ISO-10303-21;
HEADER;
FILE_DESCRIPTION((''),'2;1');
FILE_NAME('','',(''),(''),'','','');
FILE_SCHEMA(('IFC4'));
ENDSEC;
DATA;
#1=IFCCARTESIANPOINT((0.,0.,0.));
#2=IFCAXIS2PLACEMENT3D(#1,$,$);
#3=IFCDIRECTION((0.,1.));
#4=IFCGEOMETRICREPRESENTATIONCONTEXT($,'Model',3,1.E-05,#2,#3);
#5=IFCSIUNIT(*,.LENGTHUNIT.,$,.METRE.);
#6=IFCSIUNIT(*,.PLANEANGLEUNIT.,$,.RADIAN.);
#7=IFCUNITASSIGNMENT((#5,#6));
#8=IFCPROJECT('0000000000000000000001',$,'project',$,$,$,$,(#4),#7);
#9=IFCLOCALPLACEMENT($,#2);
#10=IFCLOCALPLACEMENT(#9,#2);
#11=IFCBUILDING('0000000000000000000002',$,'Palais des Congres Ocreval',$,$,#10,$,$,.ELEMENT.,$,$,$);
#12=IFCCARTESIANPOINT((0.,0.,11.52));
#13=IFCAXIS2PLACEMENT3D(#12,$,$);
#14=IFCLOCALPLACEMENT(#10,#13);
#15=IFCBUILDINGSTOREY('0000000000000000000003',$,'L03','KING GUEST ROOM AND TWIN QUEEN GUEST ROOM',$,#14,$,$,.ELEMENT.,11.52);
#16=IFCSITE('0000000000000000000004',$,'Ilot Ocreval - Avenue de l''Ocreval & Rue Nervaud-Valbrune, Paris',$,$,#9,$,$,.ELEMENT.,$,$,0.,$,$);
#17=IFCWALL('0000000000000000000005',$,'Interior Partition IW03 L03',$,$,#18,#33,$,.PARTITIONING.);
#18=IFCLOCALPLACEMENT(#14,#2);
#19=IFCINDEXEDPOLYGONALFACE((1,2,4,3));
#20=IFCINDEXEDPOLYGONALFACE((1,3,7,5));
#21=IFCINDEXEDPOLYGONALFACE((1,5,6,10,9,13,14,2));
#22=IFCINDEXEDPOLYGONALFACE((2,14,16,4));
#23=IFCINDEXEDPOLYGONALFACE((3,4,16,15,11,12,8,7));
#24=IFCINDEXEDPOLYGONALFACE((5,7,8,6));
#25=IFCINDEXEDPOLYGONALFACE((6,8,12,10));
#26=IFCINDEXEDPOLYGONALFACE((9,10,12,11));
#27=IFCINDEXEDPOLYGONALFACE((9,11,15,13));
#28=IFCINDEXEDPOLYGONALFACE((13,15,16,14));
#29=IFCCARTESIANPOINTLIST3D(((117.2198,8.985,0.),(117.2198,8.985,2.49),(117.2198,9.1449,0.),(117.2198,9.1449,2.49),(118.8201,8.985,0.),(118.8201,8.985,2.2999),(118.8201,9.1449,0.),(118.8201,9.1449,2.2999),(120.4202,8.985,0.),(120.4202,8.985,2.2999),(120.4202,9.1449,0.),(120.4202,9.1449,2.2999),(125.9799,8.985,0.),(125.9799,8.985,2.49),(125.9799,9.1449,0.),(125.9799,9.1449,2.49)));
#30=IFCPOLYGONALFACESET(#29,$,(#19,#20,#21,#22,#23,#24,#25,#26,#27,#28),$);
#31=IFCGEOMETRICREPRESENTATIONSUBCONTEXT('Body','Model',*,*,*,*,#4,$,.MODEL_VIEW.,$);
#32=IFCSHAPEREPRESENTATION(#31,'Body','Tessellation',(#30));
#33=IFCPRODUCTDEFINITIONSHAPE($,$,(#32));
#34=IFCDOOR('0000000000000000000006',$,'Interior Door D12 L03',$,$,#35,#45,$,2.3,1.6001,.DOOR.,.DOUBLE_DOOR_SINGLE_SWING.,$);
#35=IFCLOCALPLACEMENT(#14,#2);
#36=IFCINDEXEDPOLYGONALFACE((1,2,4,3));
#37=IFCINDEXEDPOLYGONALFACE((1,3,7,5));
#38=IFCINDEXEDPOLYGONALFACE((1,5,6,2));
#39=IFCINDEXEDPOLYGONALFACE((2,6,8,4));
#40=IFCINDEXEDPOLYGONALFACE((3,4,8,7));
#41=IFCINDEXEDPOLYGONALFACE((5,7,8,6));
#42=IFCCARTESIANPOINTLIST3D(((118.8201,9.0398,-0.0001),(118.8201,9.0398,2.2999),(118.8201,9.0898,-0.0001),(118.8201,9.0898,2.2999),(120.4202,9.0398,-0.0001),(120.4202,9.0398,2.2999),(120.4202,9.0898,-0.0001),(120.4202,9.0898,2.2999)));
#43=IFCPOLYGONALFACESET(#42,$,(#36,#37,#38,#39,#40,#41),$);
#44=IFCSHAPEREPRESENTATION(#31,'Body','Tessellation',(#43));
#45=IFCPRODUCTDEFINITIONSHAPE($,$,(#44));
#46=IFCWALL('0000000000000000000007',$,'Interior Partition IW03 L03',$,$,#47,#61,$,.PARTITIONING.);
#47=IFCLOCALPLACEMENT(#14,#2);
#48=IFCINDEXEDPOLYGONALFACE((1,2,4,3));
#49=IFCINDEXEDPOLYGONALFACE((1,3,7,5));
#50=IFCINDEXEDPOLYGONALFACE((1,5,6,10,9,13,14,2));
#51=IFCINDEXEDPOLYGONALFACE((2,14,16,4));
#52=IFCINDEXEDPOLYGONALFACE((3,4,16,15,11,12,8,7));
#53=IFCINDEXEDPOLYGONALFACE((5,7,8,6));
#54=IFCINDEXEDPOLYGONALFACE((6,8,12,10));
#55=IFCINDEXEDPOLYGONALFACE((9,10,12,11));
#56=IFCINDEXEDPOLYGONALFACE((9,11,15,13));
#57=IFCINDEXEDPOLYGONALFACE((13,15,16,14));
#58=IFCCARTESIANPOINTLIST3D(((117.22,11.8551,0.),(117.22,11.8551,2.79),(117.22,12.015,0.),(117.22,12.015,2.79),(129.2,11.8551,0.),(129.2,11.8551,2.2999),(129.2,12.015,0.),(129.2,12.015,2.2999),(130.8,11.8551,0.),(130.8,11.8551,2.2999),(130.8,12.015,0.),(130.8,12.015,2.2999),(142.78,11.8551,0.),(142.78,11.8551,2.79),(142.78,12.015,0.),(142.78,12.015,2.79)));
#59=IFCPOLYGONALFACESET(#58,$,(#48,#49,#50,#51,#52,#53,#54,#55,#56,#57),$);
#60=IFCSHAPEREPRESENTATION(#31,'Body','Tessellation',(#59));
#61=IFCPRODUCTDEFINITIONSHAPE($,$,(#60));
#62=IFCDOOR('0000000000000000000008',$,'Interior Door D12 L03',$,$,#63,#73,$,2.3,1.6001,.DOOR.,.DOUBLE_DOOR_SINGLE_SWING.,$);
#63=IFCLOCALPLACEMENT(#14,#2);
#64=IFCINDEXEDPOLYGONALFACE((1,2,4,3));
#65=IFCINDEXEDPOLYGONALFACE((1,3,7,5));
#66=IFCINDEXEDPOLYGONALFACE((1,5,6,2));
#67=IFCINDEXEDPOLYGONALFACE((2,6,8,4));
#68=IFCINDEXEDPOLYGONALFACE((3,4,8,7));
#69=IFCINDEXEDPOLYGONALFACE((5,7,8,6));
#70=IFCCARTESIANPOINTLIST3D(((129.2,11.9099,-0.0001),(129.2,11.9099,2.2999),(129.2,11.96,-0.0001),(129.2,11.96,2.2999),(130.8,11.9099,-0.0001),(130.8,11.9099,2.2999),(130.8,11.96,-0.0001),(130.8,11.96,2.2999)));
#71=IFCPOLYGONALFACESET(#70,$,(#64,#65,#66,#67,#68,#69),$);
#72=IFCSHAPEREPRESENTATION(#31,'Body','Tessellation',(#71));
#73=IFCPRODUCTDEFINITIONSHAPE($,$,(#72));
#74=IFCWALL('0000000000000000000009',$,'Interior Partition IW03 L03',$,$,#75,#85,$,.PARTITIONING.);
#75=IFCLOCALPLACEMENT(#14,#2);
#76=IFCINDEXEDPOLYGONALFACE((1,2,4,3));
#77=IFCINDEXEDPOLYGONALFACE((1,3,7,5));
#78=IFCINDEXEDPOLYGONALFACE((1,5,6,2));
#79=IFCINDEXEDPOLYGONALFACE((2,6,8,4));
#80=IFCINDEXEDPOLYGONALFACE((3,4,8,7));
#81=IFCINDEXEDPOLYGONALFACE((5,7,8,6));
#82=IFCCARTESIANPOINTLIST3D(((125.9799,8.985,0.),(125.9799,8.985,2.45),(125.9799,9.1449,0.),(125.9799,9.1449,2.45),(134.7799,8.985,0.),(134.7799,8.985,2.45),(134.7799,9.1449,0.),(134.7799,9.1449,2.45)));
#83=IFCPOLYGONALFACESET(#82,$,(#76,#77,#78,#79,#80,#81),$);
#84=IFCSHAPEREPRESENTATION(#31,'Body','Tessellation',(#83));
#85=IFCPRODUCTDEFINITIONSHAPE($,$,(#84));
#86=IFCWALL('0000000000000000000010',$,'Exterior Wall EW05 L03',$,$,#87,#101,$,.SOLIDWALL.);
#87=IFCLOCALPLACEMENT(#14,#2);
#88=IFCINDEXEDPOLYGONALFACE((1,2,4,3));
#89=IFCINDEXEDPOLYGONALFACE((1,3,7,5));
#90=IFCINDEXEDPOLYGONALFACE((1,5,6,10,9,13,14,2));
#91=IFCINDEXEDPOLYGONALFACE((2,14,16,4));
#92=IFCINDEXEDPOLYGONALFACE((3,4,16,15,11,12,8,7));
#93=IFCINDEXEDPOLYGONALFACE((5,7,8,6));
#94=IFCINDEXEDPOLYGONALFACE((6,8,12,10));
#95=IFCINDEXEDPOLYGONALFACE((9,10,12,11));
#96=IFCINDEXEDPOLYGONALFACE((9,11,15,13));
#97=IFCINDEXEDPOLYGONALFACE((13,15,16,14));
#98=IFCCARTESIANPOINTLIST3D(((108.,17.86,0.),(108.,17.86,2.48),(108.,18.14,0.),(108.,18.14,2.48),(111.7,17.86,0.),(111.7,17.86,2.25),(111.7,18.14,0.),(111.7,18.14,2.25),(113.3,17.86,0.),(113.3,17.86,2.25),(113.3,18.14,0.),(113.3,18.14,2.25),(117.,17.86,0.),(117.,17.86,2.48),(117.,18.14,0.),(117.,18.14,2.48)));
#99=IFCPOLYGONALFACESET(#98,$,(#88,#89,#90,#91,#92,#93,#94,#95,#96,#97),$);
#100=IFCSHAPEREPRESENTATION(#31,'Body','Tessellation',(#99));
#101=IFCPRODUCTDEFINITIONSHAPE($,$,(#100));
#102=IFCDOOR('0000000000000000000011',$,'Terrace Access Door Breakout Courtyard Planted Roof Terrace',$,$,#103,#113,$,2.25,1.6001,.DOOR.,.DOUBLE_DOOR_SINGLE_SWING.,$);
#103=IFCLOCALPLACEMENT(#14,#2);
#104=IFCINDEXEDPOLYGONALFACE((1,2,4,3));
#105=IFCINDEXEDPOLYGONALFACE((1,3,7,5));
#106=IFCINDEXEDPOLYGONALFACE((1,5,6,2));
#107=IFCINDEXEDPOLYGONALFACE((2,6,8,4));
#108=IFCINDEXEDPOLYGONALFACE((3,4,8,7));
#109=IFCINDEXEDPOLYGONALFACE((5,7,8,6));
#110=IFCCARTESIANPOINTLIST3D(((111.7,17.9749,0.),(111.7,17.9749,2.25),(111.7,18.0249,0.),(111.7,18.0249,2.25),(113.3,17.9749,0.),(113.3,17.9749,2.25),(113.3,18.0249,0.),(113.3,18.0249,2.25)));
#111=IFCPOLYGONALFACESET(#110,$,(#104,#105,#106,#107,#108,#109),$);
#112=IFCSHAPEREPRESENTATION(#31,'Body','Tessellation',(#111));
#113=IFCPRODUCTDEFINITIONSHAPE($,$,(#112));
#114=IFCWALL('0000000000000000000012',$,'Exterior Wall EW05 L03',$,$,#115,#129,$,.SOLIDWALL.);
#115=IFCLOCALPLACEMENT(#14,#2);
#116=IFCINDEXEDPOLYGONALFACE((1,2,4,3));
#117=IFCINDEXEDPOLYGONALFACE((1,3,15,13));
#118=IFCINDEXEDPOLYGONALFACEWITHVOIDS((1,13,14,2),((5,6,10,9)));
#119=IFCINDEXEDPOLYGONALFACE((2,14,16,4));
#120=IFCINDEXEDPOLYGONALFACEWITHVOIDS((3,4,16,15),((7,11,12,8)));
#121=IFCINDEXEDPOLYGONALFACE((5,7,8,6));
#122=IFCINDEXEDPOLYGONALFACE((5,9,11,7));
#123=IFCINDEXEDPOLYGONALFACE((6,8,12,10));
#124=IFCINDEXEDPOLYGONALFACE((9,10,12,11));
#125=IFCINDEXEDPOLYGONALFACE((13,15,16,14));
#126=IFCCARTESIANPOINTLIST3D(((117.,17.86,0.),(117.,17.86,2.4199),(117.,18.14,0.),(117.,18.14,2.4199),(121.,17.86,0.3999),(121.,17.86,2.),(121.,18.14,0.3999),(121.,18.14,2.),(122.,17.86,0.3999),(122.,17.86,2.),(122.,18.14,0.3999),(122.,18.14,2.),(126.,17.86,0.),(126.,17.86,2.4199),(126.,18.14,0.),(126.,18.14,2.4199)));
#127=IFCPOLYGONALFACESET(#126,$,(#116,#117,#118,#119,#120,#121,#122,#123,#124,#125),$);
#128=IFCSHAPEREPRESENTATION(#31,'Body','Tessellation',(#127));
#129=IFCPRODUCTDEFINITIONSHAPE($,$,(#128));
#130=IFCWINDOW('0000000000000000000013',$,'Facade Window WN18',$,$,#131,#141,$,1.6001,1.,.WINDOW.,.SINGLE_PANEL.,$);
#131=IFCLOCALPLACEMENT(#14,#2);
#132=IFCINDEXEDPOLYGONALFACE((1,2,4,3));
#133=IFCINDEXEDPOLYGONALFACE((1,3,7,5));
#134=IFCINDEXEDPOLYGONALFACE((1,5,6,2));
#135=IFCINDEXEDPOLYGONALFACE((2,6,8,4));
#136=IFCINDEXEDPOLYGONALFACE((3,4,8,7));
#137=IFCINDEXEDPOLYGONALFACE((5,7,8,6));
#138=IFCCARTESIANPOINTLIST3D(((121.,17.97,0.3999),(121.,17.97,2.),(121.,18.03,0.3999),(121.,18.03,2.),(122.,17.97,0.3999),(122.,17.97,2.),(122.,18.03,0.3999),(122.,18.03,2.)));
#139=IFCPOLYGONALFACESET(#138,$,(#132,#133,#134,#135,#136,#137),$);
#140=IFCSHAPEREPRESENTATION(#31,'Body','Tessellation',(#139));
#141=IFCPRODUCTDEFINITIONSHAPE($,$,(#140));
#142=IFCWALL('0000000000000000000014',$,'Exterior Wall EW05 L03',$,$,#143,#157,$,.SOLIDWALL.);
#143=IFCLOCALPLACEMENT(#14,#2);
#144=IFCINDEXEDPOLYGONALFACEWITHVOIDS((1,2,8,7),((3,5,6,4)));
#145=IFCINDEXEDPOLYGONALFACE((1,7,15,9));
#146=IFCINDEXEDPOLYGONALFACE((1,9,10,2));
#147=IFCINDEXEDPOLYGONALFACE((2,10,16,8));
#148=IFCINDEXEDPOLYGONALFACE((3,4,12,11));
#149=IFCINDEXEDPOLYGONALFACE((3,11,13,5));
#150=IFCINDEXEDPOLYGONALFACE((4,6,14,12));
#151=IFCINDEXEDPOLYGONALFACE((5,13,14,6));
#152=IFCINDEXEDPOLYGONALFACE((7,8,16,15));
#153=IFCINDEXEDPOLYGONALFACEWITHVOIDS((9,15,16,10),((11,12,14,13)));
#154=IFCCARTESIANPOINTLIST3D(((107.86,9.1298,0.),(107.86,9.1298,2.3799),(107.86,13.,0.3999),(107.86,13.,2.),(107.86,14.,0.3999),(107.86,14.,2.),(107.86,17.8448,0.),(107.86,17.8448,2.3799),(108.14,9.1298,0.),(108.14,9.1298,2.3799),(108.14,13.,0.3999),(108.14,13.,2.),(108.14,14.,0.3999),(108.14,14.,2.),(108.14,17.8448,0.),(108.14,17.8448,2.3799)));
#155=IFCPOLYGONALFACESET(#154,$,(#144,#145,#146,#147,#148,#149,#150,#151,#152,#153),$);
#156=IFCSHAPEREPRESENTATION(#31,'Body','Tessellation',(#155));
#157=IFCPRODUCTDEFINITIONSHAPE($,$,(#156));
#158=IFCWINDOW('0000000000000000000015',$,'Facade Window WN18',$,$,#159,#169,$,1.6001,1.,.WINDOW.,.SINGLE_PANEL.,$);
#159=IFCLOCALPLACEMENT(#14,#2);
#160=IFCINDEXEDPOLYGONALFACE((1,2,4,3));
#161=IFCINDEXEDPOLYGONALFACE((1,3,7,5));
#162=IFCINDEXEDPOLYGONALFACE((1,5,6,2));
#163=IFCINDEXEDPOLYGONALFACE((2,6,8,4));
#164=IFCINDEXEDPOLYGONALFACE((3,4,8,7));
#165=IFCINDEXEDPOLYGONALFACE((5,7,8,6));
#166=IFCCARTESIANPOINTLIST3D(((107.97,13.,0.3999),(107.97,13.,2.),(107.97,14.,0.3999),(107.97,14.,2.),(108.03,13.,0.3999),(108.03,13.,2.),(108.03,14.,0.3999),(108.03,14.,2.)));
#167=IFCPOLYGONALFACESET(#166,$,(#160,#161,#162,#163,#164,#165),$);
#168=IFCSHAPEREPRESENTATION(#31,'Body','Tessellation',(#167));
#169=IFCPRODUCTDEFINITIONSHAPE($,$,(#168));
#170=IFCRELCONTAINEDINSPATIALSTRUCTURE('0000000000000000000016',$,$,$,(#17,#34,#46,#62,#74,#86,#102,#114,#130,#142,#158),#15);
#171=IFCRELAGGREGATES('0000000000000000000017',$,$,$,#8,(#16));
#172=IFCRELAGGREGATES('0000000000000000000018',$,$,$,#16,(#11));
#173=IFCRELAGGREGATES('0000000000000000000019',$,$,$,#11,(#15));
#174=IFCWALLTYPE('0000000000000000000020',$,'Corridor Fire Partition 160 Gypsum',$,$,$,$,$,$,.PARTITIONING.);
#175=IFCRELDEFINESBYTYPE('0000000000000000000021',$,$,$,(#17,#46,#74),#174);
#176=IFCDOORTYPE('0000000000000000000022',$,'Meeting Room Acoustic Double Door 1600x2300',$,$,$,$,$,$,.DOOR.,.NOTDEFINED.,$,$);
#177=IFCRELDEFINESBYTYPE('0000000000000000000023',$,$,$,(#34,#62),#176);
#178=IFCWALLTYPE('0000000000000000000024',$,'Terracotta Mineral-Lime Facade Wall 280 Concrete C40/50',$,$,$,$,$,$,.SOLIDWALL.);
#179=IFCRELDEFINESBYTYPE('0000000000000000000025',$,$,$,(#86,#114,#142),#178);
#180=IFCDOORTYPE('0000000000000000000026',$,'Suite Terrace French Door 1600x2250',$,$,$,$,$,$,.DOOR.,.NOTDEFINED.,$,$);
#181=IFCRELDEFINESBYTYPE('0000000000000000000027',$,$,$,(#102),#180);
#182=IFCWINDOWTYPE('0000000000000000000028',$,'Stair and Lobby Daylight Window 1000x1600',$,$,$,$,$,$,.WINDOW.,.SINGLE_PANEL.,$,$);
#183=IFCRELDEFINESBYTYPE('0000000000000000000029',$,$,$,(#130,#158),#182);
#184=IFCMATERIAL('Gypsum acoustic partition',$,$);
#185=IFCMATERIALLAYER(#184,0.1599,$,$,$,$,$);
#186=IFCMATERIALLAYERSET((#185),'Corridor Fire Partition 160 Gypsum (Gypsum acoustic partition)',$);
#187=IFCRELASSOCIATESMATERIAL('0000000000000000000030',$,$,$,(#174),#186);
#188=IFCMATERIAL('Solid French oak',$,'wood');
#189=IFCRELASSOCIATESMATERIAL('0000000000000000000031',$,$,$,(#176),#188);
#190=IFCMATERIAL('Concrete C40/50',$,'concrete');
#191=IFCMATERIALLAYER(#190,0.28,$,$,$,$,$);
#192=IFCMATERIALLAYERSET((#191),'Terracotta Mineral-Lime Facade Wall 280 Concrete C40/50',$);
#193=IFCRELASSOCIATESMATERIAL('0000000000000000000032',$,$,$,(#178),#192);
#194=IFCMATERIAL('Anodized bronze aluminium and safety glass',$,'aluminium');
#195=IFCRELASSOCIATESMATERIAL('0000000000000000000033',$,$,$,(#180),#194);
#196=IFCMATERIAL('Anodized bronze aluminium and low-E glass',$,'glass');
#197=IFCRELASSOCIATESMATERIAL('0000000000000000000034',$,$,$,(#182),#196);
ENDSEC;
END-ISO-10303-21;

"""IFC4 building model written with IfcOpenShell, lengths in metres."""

from ifc_helpers import new_model, si_unit, direction, frame, frame_2d, origin, place, context, subcontext, project, spatial, rectangle, extrude, material, layer, layer_set, type_object, element, fill, save


model = new_model("IFC4")

# Units and contexts
model_context = context("Model", 3, precision=1e-05, world=origin(), true_north=direction((0.0, 1.0)))
body_context = subcontext(model_context, "Body", "Model", "MODEL_VIEW")
ifc_project = project(units=[si_unit("LENGTHUNIT", "METRE"), si_unit("PLANEANGLEUNIT", "RADIAN")], contexts=[model_context])

# Site, building, storey
site_placement = place(None, origin())
site = spatial("IfcSite", under=ifc_project, at=site_placement, Name="Ilot Ocreval - Avenue de l'Ocreval & Rue Nervaud-Valbrune, Paris", CompositionType="ELEMENT", RefElevation=0.0)
building_placement = place(site_placement, origin())
building = spatial("IfcBuilding", under=site, at=building_placement, Name="Palais des Congres Ocreval", CompositionType="ELEMENT")
storey_placement = place(building_placement, frame((0.0, 0.0, 11.52)))
storey = spatial("IfcBuildingStorey", under=building, at=storey_placement, Name="L03", Description="KING GUEST ROOM AND TWIN QUEEN GUEST ROOM", CompositionType="ELEMENT", Elevation=11.52)

# Shared definitions
ifc_material_1 = material(Name="Concrete C40/50", Category="concrete")

# Shared definitions
ifc_material_2 = material(Name="Gypsum acoustic partition")
ifc_layer_1 = layer(ifc_material_2, 0.1599)
ifc_layer_set_1 = layer_set([ifc_layer_1], Name="Corridor Fire Partition 160 Gypsum (Gypsum acoustic partition)")
wall_type_1 = type_object("IfcWallType", Name="Corridor Fire Partition 160 Gypsum", PredefinedType="PARTITIONING", material=ifc_layer_set_1)

# Walls, openings, doors
wall_1_placement = place(storey_placement, frame((117.22, 9.0649, 0.0), z_axis=(0.0, 0.0, 1.0), x_axis=(1.0, 0.0, 0.0)))
wall_1 = element("IfcWall", 1, at=wall_1_placement, inside=storey, type_object=wall_type_1, Name="Interior Partition IW03 L03", PredefinedType="PARTITIONING", context=body_context, shape_type="SweptSolid", body=[
    extrude(rectangle(XDim=8.76, YDim=0.1599, at=frame_2d((4.3799, 0.0))), origin(), (0.0, 0.0, 1.0), 2.49),
])
opening_1_placement = place(wall_1_placement, frame((1.6001, 0.0, 0.0)))
opening_1 = element("IfcOpeningElement", 2, at=opening_1_placement, cuts=wall_1, PredefinedType="OPENING", context=body_context, shape_type="SweptSolid", body=[
    extrude(rectangle(XDim=1.6001, YDim=2.3, at=frame_2d((0.8, 1.1499))), frame((0.0, 0.0898, 0.0), z_axis=(0.0, -1.0, 0.0), x_axis=(1.0, 0.0, 0.0)), (0.0, 0.0, 1.0), 0.1799),
])
ifc_material_3 = material(Name="Solid French oak", Category="wood")
door_type_1 = type_object("IfcDoorType", Name="Meeting Room Acoustic Double Door 1600x2300", OperationType="NOTDEFINED", PredefinedType="DOOR", material=ifc_material_3)
door_1_placement = place(opening_1_placement, origin())
door_1 = element("IfcDoor", 3, at=door_1_placement, inside=storey, type_object=door_type_1, Name="Interior Door D12 L03", OperationType="DOUBLE_DOOR_SINGLE_SWING", OverallHeight=2.3, OverallWidth=1.6001, PredefinedType="DOOR", context=body_context, shape_type="SweptSolid", body=[
    extrude(rectangle(XDim=1.6001, YDim=2.3, at=frame_2d((0.8, 1.1499))), frame((0.0, 0.0249, 0.0), z_axis=(0.0, -1.0, 0.0), x_axis=(1.0, 0.0, 0.0)), (0.0, 0.0, 1.0), 0.05),
])
fill(opening_1, door_1)
wall_2_placement = place(storey_placement, frame((117.22, 11.9351, 0.0), z_axis=(0.0, 0.0, 1.0), x_axis=(1.0, 0.0, 0.0)))
wall_2 = element("IfcWall", 4, at=wall_2_placement, inside=storey, type_object=wall_type_1, Name="Interior Partition IW03 L03", PredefinedType="PARTITIONING", context=body_context, shape_type="SweptSolid", body=[
    extrude(rectangle(XDim=25.5601, YDim=0.1599, at=frame_2d((12.78, 0.0))), origin(), (0.0, 0.0, 1.0), 2.79),
])
opening_2_placement = place(wall_2_placement, frame((11.98, 0.0, 0.0)))
opening_2 = element("IfcOpeningElement", 5, at=opening_2_placement, cuts=wall_2, PredefinedType="OPENING", context=body_context, shape_type="SweptSolid", body=[
    extrude(rectangle(XDim=1.6001, YDim=2.3, at=frame_2d((0.8, 1.1499))), frame((0.0, 0.0898, 0.0), z_axis=(0.0, -1.0, 0.0), x_axis=(1.0, 0.0, 0.0)), (0.0, 0.0, 1.0), 0.1799),
])
door_2_placement = place(opening_2_placement, origin())
door_2 = element("IfcDoor", 6, at=door_2_placement, inside=storey, type_object=door_type_1, Name="Interior Door D12 L03", OperationType="DOUBLE_DOOR_SINGLE_SWING", OverallHeight=2.3, OverallWidth=1.6001, PredefinedType="DOOR", context=body_context, shape_type="SweptSolid", body=[
    extrude(rectangle(XDim=1.6001, YDim=2.3, at=frame_2d((0.8, 1.1499))), frame((0.0, 0.0249, 0.0), z_axis=(0.0, -1.0, 0.0), x_axis=(1.0, 0.0, 0.0)), (0.0, 0.0, 1.0), 0.05),
])
fill(opening_2, door_2)

# Wall
wall_3_placement = place(storey_placement, frame((125.98, 9.0649, 0.0), z_axis=(0.0, 0.0, 1.0), x_axis=(1.0, 0.0, 0.0)))
element("IfcWall", 7, at=wall_3_placement, inside=storey, type_object=wall_type_1, Name="Interior Partition IW03 L03", PredefinedType="PARTITIONING", context=body_context, shape_type="SweptSolid", body=[
    extrude(rectangle(XDim=8.8, YDim=0.1599, at=frame_2d((4.3999, 0.0))), origin(), (0.0, 0.0, 1.0), 2.45),
])

# Wall, opening, door
ifc_layer_2 = layer(ifc_material_1, 0.28)
ifc_layer_set_2 = layer_set([ifc_layer_2], Name="Terracotta Mineral-Lime Facade Wall 280 Concrete C40/50")
wall_type_2 = type_object("IfcWallType", Name="Terracotta Mineral-Lime Facade Wall 280 Concrete C40/50", PredefinedType="SOLIDWALL", material=ifc_layer_set_2)
wall_4_placement = place(storey_placement, frame((108.0, 18.0, 0.0), z_axis=(0.0, 0.0, 1.0), x_axis=(1.0, 0.0, 0.0)))
wall_4 = element("IfcWall", 8, at=wall_4_placement, inside=storey, type_object=wall_type_2, Name="Exterior Wall EW05 L03", PredefinedType="SOLIDWALL", context=body_context, shape_type="SweptSolid", body=[
    extrude(rectangle(XDim=9.0, YDim=0.28, at=frame_2d((4.5, 0.0))), origin(), (0.0, 0.0, 1.0), 2.48),
])
opening_3_placement = place(wall_4_placement, frame((3.7, 0.0, 0.0)))
opening_3 = element("IfcOpeningElement", 9, at=opening_3_placement, cuts=wall_4, PredefinedType="OPENING", context=body_context, shape_type="SweptSolid", body=[
    extrude(rectangle(XDim=1.6001, YDim=2.25, at=frame_2d((0.8, 1.125))), frame((0.0, 0.1499, 0.0), z_axis=(0.0, -1.0, 0.0), x_axis=(1.0, 0.0, 0.0)), (0.0, 0.0, 1.0), 0.3),
])
ifc_material_4 = material(Name="Anodized bronze aluminium and safety glass", Category="aluminium")
door_type_2 = type_object("IfcDoorType", Name="Suite Terrace French Door 1600x2250", OperationType="NOTDEFINED", PredefinedType="DOOR", material=ifc_material_4)
door_3_placement = place(opening_3_placement, origin())
door_3 = element("IfcDoor", 10, at=door_3_placement, inside=storey, type_object=door_type_2, Name="Terrace Access Door Breakout Courtyard Planted Roof Terrace", OperationType="DOUBLE_DOOR_SINGLE_SWING", OverallHeight=2.25, OverallWidth=1.6001, PredefinedType="DOOR", context=body_context, shape_type="SweptSolid", body=[
    extrude(rectangle(XDim=1.6001, YDim=2.25, at=frame_2d((0.8, 1.125))), frame((0.0, 0.0249, 0.0), z_axis=(0.0, -1.0, 0.0), x_axis=(1.0, 0.0, 0.0)), (0.0, 0.0, 1.0), 0.05),
])
fill(opening_3, door_3)

# Walls, openings, windows
wall_5_placement = place(storey_placement, frame((117.0, 18.0, 0.0), z_axis=(0.0, 0.0, 1.0), x_axis=(1.0, 0.0, 0.0)))
wall_5 = element("IfcWall", 11, at=wall_5_placement, inside=storey, type_object=wall_type_2, Name="Exterior Wall EW05 L03", PredefinedType="SOLIDWALL", context=body_context, shape_type="SweptSolid", body=[
    extrude(rectangle(XDim=9.0, YDim=0.28, at=frame_2d((4.5, 0.0))), origin(), (0.0, 0.0, 1.0), 2.4199),
])
opening_4_placement = place(wall_5_placement, frame((4.0, 0.0, 0.3999)))
opening_4 = element("IfcOpeningElement", 12, at=opening_4_placement, cuts=wall_5, PredefinedType="OPENING", context=body_context, shape_type="SweptSolid", body=[
    extrude(rectangle(XDim=1.0, YDim=1.6001, at=frame_2d((0.5, 0.8))), frame((0.0, 0.1499, 0.0), z_axis=(0.0, -1.0, 0.0), x_axis=(1.0, 0.0, 0.0)), (0.0, 0.0, 1.0), 0.3),
])
ifc_material_5 = material(Name="Anodized bronze aluminium and low-E glass", Category="glass")
window_type = type_object("IfcWindowType", Name="Stair and Lobby Daylight Window 1000x1600", PartitioningType="SINGLE_PANEL", PredefinedType="WINDOW", material=ifc_material_5)
window_1_placement = place(opening_4_placement, origin())
window_1 = element("IfcWindow", 13, at=window_1_placement, inside=storey, type_object=window_type, Name="Facade Window WN18", OverallHeight=1.6001, OverallWidth=1.0, PartitioningType="SINGLE_PANEL", PredefinedType="WINDOW", context=body_context, shape_type="SweptSolid", body=[
    extrude(rectangle(XDim=1.0, YDim=1.6001, at=frame_2d((0.5, 0.8))), frame((0.0, 0.03, 0.0), z_axis=(0.0, -1.0, 0.0), x_axis=(1.0, 0.0, 0.0)), (0.0, 0.0, 1.0), 0.0601),
])
fill(opening_4, window_1)
wall_6_placement = place(storey_placement, frame((108.0, 9.1299, 0.0), z_axis=(0.0, 0.0, 1.0), x_axis=(0.0, 1.0, 0.0)))
wall_6 = element("IfcWall", 14, at=wall_6_placement, inside=storey, type_object=wall_type_2, Name="Exterior Wall EW05 L03", PredefinedType="SOLIDWALL", context=body_context, shape_type="SweptSolid", body=[
    extrude(rectangle(XDim=8.7151, YDim=0.28, at=frame_2d((4.3574, 0.0))), origin(), (0.0, 0.0, 1.0), 2.3799),
])
opening_5_placement = place(wall_6_placement, frame((3.8701, 0.0, 0.3999)))
opening_5 = element("IfcOpeningElement", 15, at=opening_5_placement, cuts=wall_6, PredefinedType="OPENING", context=body_context, shape_type="SweptSolid", body=[
    extrude(rectangle(XDim=1.0, YDim=1.6001, at=frame_2d((0.5, 0.8))), frame((0.0, 0.1499, 0.0), z_axis=(0.0, -1.0, 0.0), x_axis=(1.0, 0.0, 0.0)), (0.0, 0.0, 1.0), 0.3),
])
window_2_placement = place(opening_5_placement, origin())
window_2 = element("IfcWindow", 16, at=window_2_placement, inside=storey, type_object=window_type, Name="Facade Window WN18", OverallHeight=1.6001, OverallWidth=1.0, PartitioningType="SINGLE_PANEL", PredefinedType="WINDOW", context=body_context, shape_type="SweptSolid", body=[
    extrude(rectangle(XDim=1.0, YDim=1.6001, at=frame_2d((0.5, 0.8))), frame((0.0, 0.03, 0.0), z_axis=(0.0, -1.0, 0.0), x_axis=(1.0, 0.0, 0.0)), (0.0, 0.0, 1.0), 0.0601),
])
fill(opening_5, window_2)

save(model, "model.ifc")
